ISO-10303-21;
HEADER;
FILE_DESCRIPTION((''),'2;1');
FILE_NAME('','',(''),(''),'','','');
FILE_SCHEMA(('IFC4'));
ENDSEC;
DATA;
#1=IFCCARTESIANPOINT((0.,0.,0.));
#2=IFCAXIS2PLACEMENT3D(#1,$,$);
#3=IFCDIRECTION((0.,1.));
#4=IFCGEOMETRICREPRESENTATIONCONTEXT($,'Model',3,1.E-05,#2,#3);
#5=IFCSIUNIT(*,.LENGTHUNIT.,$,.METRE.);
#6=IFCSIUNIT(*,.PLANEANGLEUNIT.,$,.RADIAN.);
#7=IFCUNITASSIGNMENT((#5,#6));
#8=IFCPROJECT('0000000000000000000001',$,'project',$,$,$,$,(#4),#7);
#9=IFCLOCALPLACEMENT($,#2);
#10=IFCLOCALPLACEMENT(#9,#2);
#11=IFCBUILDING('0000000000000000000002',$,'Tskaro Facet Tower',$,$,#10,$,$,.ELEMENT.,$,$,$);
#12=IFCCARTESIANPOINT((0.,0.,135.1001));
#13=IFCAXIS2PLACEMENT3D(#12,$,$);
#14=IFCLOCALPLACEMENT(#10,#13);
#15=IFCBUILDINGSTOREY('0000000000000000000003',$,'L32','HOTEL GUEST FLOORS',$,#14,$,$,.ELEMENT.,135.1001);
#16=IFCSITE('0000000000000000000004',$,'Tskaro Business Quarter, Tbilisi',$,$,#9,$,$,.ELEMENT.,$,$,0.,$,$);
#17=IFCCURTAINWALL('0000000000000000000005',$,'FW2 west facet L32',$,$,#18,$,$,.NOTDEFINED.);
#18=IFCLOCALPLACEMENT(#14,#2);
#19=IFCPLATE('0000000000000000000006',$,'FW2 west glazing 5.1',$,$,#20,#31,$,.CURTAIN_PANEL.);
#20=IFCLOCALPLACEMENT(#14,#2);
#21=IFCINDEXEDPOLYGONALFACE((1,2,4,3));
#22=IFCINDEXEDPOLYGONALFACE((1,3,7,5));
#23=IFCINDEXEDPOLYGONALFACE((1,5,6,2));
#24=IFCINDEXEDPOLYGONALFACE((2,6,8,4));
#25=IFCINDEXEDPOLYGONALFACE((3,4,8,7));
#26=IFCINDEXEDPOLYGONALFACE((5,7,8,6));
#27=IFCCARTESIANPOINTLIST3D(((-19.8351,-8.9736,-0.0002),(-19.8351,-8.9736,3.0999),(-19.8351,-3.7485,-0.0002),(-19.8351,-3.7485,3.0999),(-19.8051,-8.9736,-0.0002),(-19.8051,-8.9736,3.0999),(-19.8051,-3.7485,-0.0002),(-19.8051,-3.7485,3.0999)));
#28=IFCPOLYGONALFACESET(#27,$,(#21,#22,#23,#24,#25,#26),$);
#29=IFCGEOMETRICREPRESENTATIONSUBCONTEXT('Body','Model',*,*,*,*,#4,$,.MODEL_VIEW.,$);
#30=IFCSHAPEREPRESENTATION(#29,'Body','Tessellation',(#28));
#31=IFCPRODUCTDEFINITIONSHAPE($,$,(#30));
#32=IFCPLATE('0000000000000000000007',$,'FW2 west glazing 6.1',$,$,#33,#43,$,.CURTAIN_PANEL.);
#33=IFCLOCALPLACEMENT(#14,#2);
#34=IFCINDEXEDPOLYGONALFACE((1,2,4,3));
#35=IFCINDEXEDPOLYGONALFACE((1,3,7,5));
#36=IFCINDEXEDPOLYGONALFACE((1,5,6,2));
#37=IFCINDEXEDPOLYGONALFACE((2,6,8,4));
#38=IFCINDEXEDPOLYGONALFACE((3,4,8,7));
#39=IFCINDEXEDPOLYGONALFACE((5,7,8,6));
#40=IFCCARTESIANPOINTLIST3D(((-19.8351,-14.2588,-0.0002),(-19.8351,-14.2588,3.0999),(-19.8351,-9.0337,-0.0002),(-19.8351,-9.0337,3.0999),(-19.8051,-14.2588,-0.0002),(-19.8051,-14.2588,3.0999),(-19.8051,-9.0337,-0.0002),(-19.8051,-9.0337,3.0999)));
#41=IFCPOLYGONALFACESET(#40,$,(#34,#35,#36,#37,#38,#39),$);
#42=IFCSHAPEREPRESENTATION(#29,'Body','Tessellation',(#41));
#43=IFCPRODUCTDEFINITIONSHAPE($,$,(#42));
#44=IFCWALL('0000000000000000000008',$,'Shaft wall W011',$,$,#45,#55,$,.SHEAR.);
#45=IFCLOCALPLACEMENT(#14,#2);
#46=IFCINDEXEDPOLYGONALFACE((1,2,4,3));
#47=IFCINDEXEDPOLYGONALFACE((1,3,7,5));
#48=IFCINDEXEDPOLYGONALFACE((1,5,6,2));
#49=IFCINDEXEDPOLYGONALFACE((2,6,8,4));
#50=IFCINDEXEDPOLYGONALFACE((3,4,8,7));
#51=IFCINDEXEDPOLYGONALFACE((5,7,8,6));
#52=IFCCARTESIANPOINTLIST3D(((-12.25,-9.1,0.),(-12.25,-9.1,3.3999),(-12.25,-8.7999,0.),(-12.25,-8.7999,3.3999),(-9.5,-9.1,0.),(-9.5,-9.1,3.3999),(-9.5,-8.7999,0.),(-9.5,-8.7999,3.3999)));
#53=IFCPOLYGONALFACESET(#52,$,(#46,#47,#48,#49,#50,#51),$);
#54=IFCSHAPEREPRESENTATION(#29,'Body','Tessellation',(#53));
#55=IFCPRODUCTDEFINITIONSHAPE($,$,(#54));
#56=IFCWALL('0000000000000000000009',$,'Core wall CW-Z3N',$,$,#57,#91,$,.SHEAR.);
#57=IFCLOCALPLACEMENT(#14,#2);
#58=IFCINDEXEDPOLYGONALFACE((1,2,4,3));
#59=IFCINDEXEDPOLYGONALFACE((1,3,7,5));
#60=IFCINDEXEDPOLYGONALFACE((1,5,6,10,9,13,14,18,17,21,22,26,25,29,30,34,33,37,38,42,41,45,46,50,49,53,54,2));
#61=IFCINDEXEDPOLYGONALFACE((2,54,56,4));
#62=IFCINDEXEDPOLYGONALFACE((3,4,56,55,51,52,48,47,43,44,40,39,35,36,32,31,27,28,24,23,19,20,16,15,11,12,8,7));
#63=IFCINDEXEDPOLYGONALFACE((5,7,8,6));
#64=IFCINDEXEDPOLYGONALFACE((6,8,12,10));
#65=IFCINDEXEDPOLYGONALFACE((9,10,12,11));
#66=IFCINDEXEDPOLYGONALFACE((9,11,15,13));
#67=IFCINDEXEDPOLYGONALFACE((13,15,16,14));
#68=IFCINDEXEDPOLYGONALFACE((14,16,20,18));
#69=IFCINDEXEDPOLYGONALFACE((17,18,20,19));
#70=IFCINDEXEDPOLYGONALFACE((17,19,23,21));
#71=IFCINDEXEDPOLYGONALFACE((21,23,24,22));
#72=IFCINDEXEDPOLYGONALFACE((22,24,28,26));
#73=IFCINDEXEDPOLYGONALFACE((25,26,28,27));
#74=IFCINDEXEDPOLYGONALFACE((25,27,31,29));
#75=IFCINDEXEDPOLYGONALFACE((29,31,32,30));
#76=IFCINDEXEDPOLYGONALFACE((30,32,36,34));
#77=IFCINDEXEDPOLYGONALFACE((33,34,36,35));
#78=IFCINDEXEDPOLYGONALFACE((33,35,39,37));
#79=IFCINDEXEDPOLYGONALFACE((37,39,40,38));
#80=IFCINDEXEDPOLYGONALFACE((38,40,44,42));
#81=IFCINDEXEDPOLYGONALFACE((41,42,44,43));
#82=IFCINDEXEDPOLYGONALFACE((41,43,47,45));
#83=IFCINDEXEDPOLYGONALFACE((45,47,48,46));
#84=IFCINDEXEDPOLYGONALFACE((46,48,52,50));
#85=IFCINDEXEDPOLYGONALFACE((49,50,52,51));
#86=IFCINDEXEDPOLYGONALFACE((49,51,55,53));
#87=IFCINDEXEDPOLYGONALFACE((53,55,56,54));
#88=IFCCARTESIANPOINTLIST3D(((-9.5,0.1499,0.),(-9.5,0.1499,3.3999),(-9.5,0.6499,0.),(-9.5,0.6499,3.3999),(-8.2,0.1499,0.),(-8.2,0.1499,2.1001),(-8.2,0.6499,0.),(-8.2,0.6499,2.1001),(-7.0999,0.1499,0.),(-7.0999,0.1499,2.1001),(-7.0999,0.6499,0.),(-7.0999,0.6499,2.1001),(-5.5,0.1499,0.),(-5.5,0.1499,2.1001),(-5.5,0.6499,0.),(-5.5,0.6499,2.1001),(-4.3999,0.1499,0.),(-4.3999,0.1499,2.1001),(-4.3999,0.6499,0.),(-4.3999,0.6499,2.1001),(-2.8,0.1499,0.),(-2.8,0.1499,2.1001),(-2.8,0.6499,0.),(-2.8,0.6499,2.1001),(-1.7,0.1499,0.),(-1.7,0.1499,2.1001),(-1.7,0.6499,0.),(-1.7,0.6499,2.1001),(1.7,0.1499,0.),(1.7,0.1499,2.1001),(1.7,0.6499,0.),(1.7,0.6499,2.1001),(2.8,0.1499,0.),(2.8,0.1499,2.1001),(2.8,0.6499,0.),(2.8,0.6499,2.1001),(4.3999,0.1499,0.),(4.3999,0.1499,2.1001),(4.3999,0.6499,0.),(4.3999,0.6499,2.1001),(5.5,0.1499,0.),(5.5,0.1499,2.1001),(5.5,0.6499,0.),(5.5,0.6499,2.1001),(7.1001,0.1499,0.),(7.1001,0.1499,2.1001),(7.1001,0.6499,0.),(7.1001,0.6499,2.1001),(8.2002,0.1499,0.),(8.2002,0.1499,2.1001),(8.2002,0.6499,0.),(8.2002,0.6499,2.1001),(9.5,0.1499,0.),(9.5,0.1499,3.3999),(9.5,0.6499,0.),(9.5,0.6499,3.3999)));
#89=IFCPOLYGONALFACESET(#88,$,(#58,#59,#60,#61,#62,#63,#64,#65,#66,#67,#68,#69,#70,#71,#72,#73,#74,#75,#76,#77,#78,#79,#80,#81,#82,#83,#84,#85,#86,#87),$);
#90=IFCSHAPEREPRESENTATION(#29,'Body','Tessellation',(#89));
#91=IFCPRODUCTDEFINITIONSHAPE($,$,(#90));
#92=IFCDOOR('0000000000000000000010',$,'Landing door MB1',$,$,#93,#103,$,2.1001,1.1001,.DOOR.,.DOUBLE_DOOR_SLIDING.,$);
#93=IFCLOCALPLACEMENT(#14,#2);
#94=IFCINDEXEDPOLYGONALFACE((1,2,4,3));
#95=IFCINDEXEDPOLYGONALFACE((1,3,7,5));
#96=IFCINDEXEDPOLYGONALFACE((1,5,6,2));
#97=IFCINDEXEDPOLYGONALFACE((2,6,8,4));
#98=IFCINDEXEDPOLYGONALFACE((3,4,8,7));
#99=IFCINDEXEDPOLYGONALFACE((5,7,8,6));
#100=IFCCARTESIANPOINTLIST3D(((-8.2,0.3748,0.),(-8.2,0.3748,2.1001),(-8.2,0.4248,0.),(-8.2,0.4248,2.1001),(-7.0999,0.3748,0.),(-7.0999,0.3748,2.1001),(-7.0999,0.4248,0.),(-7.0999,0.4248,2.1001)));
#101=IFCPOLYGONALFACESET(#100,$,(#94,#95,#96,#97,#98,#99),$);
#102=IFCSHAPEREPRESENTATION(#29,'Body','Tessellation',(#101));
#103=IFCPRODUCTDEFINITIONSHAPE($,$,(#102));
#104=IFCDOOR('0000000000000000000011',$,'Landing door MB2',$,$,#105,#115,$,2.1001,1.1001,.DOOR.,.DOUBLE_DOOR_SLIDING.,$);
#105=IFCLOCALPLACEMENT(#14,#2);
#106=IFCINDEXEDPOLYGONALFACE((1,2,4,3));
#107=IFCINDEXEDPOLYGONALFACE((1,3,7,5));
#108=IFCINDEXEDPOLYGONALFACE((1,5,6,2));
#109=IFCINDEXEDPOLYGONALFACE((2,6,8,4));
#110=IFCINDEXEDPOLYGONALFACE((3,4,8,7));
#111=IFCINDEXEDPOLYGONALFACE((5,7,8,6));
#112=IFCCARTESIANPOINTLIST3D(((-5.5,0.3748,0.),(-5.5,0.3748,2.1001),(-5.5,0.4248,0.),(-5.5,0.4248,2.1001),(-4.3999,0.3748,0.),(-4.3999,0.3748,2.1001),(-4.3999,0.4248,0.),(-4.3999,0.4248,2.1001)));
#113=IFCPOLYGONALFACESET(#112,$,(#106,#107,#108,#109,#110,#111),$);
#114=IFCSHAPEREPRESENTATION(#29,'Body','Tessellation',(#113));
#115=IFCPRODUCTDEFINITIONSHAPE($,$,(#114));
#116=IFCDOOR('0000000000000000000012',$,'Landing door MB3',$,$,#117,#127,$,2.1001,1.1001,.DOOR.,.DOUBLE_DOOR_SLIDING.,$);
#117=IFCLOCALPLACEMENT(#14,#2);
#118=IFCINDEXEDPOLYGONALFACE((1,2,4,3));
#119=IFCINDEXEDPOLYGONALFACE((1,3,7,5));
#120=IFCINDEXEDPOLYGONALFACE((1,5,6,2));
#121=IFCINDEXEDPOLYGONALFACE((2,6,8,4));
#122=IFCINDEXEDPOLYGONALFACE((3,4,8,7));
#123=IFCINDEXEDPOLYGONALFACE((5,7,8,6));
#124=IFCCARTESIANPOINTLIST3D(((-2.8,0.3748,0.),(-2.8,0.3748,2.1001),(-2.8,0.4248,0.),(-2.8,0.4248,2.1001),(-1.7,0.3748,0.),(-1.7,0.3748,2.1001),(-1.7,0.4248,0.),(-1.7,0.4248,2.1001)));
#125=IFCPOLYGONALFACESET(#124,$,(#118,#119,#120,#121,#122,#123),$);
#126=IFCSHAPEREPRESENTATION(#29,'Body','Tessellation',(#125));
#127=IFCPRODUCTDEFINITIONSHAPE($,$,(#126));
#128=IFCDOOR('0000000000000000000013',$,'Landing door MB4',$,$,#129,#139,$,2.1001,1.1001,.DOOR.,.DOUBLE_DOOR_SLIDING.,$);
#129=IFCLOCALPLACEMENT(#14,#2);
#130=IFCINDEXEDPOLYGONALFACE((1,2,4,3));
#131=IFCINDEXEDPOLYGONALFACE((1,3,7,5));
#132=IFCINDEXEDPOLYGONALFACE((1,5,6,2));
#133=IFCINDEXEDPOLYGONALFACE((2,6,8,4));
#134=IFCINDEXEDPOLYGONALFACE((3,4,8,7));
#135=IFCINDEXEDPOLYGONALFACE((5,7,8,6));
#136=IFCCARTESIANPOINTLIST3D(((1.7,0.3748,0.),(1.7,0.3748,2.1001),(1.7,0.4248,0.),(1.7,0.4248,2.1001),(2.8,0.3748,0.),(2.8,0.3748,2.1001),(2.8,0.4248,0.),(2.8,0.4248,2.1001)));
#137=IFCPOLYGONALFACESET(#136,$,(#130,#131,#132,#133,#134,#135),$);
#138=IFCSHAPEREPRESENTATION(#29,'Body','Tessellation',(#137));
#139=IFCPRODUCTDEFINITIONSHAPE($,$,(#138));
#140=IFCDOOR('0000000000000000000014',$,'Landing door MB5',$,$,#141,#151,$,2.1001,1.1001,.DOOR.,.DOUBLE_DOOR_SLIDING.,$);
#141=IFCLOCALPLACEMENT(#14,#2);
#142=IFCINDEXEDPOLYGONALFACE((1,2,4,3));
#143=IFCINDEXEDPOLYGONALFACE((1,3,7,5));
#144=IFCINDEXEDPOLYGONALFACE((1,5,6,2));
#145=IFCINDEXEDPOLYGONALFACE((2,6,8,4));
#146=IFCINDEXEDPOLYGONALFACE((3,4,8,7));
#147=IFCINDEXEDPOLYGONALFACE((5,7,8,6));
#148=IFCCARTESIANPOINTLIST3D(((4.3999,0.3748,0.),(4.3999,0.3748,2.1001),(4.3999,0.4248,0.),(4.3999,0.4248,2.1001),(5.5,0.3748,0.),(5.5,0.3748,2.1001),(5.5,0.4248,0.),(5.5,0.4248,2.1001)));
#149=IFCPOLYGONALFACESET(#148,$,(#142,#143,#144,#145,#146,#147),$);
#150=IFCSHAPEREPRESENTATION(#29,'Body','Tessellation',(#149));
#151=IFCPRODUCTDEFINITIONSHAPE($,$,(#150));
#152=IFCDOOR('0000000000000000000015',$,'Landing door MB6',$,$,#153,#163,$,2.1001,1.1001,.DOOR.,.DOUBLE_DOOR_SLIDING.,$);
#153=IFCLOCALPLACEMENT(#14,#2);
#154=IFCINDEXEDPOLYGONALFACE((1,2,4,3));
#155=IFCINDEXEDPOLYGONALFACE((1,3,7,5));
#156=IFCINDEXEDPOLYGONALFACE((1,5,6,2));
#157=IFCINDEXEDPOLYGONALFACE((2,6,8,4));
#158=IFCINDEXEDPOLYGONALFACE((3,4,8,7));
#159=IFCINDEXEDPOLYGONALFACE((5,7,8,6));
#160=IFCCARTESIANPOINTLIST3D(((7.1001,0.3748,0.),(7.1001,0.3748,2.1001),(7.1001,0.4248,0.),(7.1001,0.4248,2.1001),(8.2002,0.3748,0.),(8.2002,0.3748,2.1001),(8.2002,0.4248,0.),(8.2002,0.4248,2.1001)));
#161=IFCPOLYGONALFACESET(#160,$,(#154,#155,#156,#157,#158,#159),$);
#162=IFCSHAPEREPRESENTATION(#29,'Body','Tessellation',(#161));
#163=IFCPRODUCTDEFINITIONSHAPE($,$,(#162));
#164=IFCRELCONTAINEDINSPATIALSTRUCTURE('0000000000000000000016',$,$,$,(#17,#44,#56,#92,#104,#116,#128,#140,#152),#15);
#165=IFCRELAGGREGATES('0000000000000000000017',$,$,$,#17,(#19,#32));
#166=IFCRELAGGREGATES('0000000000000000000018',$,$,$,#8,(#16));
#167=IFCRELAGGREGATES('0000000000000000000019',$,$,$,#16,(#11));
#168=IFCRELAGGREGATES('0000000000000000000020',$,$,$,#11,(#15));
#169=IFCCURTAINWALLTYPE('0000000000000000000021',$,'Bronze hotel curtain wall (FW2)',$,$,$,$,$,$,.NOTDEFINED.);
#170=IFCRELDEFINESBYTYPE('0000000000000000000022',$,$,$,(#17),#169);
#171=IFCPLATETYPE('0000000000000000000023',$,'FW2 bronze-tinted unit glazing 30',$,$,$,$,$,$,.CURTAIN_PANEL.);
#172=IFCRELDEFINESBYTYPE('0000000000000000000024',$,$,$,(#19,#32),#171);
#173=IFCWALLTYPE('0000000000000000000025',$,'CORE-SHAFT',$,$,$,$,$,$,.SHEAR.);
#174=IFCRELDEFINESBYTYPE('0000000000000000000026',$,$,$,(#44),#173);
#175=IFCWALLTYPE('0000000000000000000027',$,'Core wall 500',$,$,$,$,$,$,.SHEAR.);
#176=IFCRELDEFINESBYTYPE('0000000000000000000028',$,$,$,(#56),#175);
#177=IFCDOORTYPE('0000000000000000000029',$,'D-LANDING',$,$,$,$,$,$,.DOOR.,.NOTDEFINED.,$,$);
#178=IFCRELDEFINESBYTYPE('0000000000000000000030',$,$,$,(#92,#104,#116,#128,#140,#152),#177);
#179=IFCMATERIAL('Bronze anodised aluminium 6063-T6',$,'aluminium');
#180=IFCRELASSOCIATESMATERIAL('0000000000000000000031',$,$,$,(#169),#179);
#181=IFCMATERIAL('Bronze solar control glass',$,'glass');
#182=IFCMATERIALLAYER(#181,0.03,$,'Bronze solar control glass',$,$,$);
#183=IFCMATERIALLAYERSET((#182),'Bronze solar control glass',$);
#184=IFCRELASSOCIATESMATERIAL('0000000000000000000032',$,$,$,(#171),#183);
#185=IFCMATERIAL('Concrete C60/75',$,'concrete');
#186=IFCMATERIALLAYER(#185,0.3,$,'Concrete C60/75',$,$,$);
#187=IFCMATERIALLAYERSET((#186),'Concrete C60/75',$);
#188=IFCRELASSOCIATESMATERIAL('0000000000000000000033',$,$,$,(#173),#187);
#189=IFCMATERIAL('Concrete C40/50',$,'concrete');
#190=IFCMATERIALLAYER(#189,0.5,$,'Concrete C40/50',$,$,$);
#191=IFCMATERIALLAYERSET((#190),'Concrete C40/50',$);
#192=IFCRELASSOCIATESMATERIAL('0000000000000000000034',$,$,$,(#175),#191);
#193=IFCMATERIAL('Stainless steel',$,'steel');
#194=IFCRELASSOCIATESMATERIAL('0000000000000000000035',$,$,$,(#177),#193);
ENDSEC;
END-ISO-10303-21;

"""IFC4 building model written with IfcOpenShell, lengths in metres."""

from ifc_helpers import new_model, si_unit, direction, frame, frame_2d, origin, origin_2d, place, context, subcontext, project, spatial, rectangle, extrude, material, layer, layer_set, type_object, element, fill, aggregate, save


model = new_model("IFC4")

# Units and contexts
model_context = context("Model", 3, precision=1e-05, world=origin(), true_north=direction((0.0, 1.0)))
body_context = subcontext(model_context, "Body", "Model", "MODEL_VIEW")
ifc_project = project(units=[si_unit("LENGTHUNIT", "METRE"), si_unit("PLANEANGLEUNIT", "RADIAN")], contexts=[model_context])

# Site, building, storey
site_placement = place(None, origin())
site = spatial("IfcSite", under=ifc_project, at=site_placement, Name="Tskaro Business Quarter, Tbilisi", CompositionType="ELEMENT", RefElevation=0.0)
building_placement = place(site_placement, origin())
building = spatial("IfcBuilding", under=site, at=building_placement, Name="Tskaro Facet Tower", CompositionType="ELEMENT")
storey_placement = place(building_placement, frame((0.0, 0.0, 135.1001)))
storey = spatial("IfcBuildingStorey", under=building, at=storey_placement, Name="L32", Description="HOTEL GUEST FLOORS", CompositionType="ELEMENT", Elevation=135.1001)

# Curtain wall
ifc_material_1 = material(Name="Bronze anodised aluminium 6063-T6", Category="aluminium")
curtain_wall_type = type_object("IfcCurtainWallType", Name="Bronze hotel curtain wall (FW2)", PredefinedType="NOTDEFINED", material=ifc_material_1)
curtain_wall_placement = place(storey_placement, origin())
curtain_wall = element("IfcCurtainWall", 1, at=curtain_wall_placement, inside=storey, type_object=curtain_wall_type, Name="FW2 west facet L32", PredefinedType="NOTDEFINED")

# Plates
ifc_material_2 = material(Name="Bronze solar control glass", Category="glass")
ifc_layer_1 = layer(ifc_material_2, 0.03, Name="Bronze solar control glass")
ifc_layer_set_1 = layer_set([ifc_layer_1], Name="Bronze solar control glass")
plate_type = type_object("IfcPlateType", Name="FW2 bronze-tinted unit glazing 30", PredefinedType="CURTAIN_PANEL", material=ifc_layer_set_1)
plate_1_placement = place(storey_placement, frame((-19.8201, -6.3611, -0.0002), z_axis=(0.0, 0.0, 1.0), x_axis=(0.0, -1.0, 0.0)))
plate_1 = element("IfcPlate", 2, at=plate_1_placement, type_object=plate_type, Name="FW2 west glazing 5.1", PredefinedType="CURTAIN_PANEL", context=body_context, shape_type="SweptSolid", body=[
    extrude(rectangle(XDim=5.2251, YDim=0.03, at=origin_2d()), origin(), (0.0, 0.0, 1.0), 3.1001),
])
plate_2_placement = place(storey_placement, frame((-19.8201, -11.6462, -0.0002), z_axis=(0.0, 0.0, 1.0), x_axis=(0.0, -1.0, 0.0)))
plate_2 = element("IfcPlate", 3, at=plate_2_placement, type_object=plate_type, Name="FW2 west glazing 6.1", PredefinedType="CURTAIN_PANEL", context=body_context, shape_type="SweptSolid", body=[
    extrude(rectangle(XDim=5.2251, YDim=0.03, at=origin_2d()), origin(), (0.0, 0.0, 1.0), 3.1001),
])
aggregate(curtain_wall, [plate_1, plate_2])

# Wall
ifc_material_3 = material(Name="Concrete C60/75", Category="concrete")
ifc_layer_2 = layer(ifc_material_3, 0.3, Name="Concrete C60/75")
ifc_layer_set_2 = layer_set([ifc_layer_2], Name="Concrete C60/75")
wall_type_1 = type_object("IfcWallType", Name="CORE-SHAFT", PredefinedType="SHEAR", material=ifc_layer_set_2)
wall_1_placement = place(storey_placement, frame((-12.25, -8.95, 0.0), z_axis=(0.0, 0.0, 1.0), x_axis=(1.0, 0.0, 0.0)))
element("IfcWall", 4, at=wall_1_placement, inside=storey, type_object=wall_type_1, Name="Shaft wall W011", PredefinedType="SHEAR", context=body_context, shape_type="SweptSolid", body=[
    extrude(rectangle(XDim=2.75, YDim=0.3, at=frame_2d((1.375, 0.0))), origin(), (0.0, 0.0, 1.0), 3.3999),
])

# Wall, openings, doors
ifc_material_4 = material(Name="Concrete C40/50", Category="concrete")
ifc_layer_3 = layer(ifc_material_4, 0.5, Name="Concrete C40/50")
ifc_layer_set_3 = layer_set([ifc_layer_3], Name="Concrete C40/50")
wall_type_2 = type_object("IfcWallType", Name="Core wall 500", PredefinedType="SHEAR", material=ifc_layer_set_3)
wall_2_placement = place(storey_placement, frame((-9.5, 0.3999, 0.0), z_axis=(0.0, 0.0, 1.0), x_axis=(1.0, 0.0, 0.0)))
wall_2 = element("IfcWall", 5, at=wall_2_placement, inside=storey, type_object=wall_type_2, Name="Core wall CW-Z3N", PredefinedType="SHEAR", context=body_context, shape_type="SweptSolid", body=[
    extrude(rectangle(XDim=19.0, YDim=0.5, at=frame_2d((9.5, 0.0))), origin(), (0.0, 0.0, 1.0), 3.3999),
])
opening_1_placement = place(wall_2_placement, frame((1.3, 0.0, 0.0)))
opening_1 = element("IfcOpeningElement", 6, at=opening_1_placement, cuts=wall_2, PredefinedType="OPENING", context=body_context, shape_type="SweptSolid", body=[
    extrude(rectangle(XDim=1.1001, YDim=2.1001, at=frame_2d((0.55, 1.05))), frame((0.0, 0.26, 0.0), z_axis=(0.0, -1.0, 0.0), x_axis=(1.0, 0.0, 0.0)), (0.0, 0.0, 1.0), 0.52),
])
opening_2_placement = place(wall_2_placement, frame((4.0, 0.0, 0.0)))
opening_2 = element("IfcOpeningElement", 7, at=opening_2_placement, cuts=wall_2, PredefinedType="OPENING", context=body_context, shape_type="SweptSolid", body=[
    extrude(rectangle(XDim=1.1001, YDim=2.1001, at=frame_2d((0.55, 1.05))), frame((0.0, 0.26, 0.0), z_axis=(0.0, -1.0, 0.0), x_axis=(1.0, 0.0, 0.0)), (0.0, 0.0, 1.0), 0.52),
])
opening_3_placement = place(wall_2_placement, frame((6.7, 0.0, 0.0)))
opening_3 = element("IfcOpeningElement", 8, at=opening_3_placement, cuts=wall_2, PredefinedType="OPENING", context=body_context, shape_type="SweptSolid", body=[
    extrude(rectangle(XDim=1.1001, YDim=2.1001, at=frame_2d((0.55, 1.05))), frame((0.0, 0.26, 0.0), z_axis=(0.0, -1.0, 0.0), x_axis=(1.0, 0.0, 0.0)), (0.0, 0.0, 1.0), 0.52),
])
opening_4_placement = place(wall_2_placement, frame((11.2, 0.0, 0.0)))
opening_4 = element("IfcOpeningElement", 9, at=opening_4_placement, cuts=wall_2, PredefinedType="OPENING", context=body_context, shape_type="SweptSolid", body=[
    extrude(rectangle(XDim=1.1001, YDim=2.1001, at=frame_2d((0.55, 1.05))), frame((0.0, 0.26, 0.0), z_axis=(0.0, -1.0, 0.0), x_axis=(1.0, 0.0, 0.0)), (0.0, 0.0, 1.0), 0.52),
])
opening_5_placement = place(wall_2_placement, frame((13.8999, 0.0, 0.0)))
opening_5 = element("IfcOpeningElement", 10, at=opening_5_placement, cuts=wall_2, PredefinedType="OPENING", context=body_context, shape_type="SweptSolid", body=[
    extrude(rectangle(XDim=1.1001, YDim=2.1001, at=frame_2d((0.55, 1.05))), frame((0.0, 0.26, 0.0), z_axis=(0.0, -1.0, 0.0), x_axis=(1.0, 0.0, 0.0)), (0.0, 0.0, 1.0), 0.52),
])
opening_6_placement = place(wall_2_placement, frame((16.6001, 0.0, 0.0)))
opening_6 = element("IfcOpeningElement", 11, at=opening_6_placement, cuts=wall_2, PredefinedType="OPENING", context=body_context, shape_type="SweptSolid", body=[
    extrude(rectangle(XDim=1.1001, YDim=2.1001, at=frame_2d((0.55, 1.05))), frame((0.0, 0.26, 0.0), z_axis=(0.0, -1.0, 0.0), x_axis=(1.0, 0.0, 0.0)), (0.0, 0.0, 1.0), 0.52),
])
ifc_material_5 = material(Name="Stainless steel", Category="steel")
door_type_1 = type_object("IfcDoorType", Name="D-LANDING", OperationType="NOTDEFINED", PredefinedType="DOOR", material=ifc_material_5)
door_1_placement = place(opening_1_placement, origin())
door_1 = element("IfcDoor", 12, at=door_1_placement, inside=storey, type_object=door_type_1, Name="Landing door MB1", OperationType="DOUBLE_DOOR_SLIDING", OverallHeight=2.1001, OverallWidth=1.1001, PredefinedType="DOOR", context=body_context, shape_type="SweptSolid", body=[
    extrude(rectangle(XDim=1.1001, YDim=2.1001, at=frame_2d((0.55, 1.05))), frame((0.0, 0.0249, 0.0), z_axis=(0.0, -1.0, 0.0), x_axis=(1.0, 0.0, 0.0)), (0.0, 0.0, 1.0), 0.05),
])
fill(opening_1, door_1)
door_2_placement = place(opening_2_placement, origin())
door_2 = element("IfcDoor", 13, at=door_2_placement, inside=storey, type_object=door_type_1, Name="Landing door MB2", OperationType="DOUBLE_DOOR_SLIDING", OverallHeight=2.1001, OverallWidth=1.1001, PredefinedType="DOOR", context=body_context, shape_type="SweptSolid", body=[
    extrude(rectangle(XDim=1.1001, YDim=2.1001, at=frame_2d((0.55, 1.05))), frame((0.0, 0.0249, 0.0), z_axis=(0.0, -1.0, 0.0), x_axis=(1.0, 0.0, 0.0)), (0.0, 0.0, 1.0), 0.05),
])
fill(opening_2, door_2)
door_3_placement = place(opening_3_placement, origin())
door_3 = element("IfcDoor", 14, at=door_3_placement, inside=storey, type_object=door_type_1, Name="Landing door MB3", OperationType="DOUBLE_DOOR_SLIDING", OverallHeight=2.1001, OverallWidth=1.1001, PredefinedType="DOOR", context=body_context, shape_type="SweptSolid", body=[
    extrude(rectangle(XDim=1.1001, YDim=2.1001, at=frame_2d((0.55, 1.05))), frame((0.0, 0.0249, 0.0), z_axis=(0.0, -1.0, 0.0), x_axis=(1.0, 0.0, 0.0)), (0.0, 0.0, 1.0), 0.05),
])
fill(opening_3, door_3)
door_4_placement = place(opening_4_placement, origin())
door_4 = element("IfcDoor", 15, at=door_4_placement, inside=storey, type_object=door_type_1, Name="Landing door MB4", OperationType="DOUBLE_DOOR_SLIDING", OverallHeight=2.1001, OverallWidth=1.1001, PredefinedType="DOOR", context=body_context, shape_type="SweptSolid", body=[
    extrude(rectangle(XDim=1.1001, YDim=2.1001, at=frame_2d((0.55, 1.05))), frame((0.0, 0.0249, 0.0), z_axis=(0.0, -1.0, 0.0), x_axis=(1.0, 0.0, 0.0)), (0.0, 0.0, 1.0), 0.05),
])
fill(opening_4, door_4)
door_5_placement = place(opening_5_placement, origin())
door_5 = element("IfcDoor", 16, at=door_5_placement, inside=storey, type_object=door_type_1, Name="Landing door MB5", OperationType="DOUBLE_DOOR_SLIDING", OverallHeight=2.1001, OverallWidth=1.1001, PredefinedType="DOOR", context=body_context, shape_type="SweptSolid", body=[
    extrude(rectangle(XDim=1.1001, YDim=2.1001, at=frame_2d((0.55, 1.05))), frame((0.0, 0.0249, 0.0), z_axis=(0.0, -1.0, 0.0), x_axis=(1.0, 0.0, 0.0)), (0.0, 0.0, 1.0), 0.05),
])
fill(opening_5, door_5)
door_6_placement = place(opening_6_placement, origin())
door_6 = element("IfcDoor", 17, at=door_6_placement, inside=storey, type_object=door_type_1, Name="Landing door MB6", OperationType="DOUBLE_DOOR_SLIDING", OverallHeight=2.1001, OverallWidth=1.1001, PredefinedType="DOOR", context=body_context, shape_type="SweptSolid", body=[
    extrude(rectangle(XDim=1.1001, YDim=2.1001, at=frame_2d((0.55, 1.05))), frame((0.0, 0.0249, 0.0), z_axis=(0.0, -1.0, 0.0), x_axis=(1.0, 0.0, 0.0)), (0.0, 0.0, 1.0), 0.05),
])
fill(opening_6, door_6)

save(model, "model.ifc")
